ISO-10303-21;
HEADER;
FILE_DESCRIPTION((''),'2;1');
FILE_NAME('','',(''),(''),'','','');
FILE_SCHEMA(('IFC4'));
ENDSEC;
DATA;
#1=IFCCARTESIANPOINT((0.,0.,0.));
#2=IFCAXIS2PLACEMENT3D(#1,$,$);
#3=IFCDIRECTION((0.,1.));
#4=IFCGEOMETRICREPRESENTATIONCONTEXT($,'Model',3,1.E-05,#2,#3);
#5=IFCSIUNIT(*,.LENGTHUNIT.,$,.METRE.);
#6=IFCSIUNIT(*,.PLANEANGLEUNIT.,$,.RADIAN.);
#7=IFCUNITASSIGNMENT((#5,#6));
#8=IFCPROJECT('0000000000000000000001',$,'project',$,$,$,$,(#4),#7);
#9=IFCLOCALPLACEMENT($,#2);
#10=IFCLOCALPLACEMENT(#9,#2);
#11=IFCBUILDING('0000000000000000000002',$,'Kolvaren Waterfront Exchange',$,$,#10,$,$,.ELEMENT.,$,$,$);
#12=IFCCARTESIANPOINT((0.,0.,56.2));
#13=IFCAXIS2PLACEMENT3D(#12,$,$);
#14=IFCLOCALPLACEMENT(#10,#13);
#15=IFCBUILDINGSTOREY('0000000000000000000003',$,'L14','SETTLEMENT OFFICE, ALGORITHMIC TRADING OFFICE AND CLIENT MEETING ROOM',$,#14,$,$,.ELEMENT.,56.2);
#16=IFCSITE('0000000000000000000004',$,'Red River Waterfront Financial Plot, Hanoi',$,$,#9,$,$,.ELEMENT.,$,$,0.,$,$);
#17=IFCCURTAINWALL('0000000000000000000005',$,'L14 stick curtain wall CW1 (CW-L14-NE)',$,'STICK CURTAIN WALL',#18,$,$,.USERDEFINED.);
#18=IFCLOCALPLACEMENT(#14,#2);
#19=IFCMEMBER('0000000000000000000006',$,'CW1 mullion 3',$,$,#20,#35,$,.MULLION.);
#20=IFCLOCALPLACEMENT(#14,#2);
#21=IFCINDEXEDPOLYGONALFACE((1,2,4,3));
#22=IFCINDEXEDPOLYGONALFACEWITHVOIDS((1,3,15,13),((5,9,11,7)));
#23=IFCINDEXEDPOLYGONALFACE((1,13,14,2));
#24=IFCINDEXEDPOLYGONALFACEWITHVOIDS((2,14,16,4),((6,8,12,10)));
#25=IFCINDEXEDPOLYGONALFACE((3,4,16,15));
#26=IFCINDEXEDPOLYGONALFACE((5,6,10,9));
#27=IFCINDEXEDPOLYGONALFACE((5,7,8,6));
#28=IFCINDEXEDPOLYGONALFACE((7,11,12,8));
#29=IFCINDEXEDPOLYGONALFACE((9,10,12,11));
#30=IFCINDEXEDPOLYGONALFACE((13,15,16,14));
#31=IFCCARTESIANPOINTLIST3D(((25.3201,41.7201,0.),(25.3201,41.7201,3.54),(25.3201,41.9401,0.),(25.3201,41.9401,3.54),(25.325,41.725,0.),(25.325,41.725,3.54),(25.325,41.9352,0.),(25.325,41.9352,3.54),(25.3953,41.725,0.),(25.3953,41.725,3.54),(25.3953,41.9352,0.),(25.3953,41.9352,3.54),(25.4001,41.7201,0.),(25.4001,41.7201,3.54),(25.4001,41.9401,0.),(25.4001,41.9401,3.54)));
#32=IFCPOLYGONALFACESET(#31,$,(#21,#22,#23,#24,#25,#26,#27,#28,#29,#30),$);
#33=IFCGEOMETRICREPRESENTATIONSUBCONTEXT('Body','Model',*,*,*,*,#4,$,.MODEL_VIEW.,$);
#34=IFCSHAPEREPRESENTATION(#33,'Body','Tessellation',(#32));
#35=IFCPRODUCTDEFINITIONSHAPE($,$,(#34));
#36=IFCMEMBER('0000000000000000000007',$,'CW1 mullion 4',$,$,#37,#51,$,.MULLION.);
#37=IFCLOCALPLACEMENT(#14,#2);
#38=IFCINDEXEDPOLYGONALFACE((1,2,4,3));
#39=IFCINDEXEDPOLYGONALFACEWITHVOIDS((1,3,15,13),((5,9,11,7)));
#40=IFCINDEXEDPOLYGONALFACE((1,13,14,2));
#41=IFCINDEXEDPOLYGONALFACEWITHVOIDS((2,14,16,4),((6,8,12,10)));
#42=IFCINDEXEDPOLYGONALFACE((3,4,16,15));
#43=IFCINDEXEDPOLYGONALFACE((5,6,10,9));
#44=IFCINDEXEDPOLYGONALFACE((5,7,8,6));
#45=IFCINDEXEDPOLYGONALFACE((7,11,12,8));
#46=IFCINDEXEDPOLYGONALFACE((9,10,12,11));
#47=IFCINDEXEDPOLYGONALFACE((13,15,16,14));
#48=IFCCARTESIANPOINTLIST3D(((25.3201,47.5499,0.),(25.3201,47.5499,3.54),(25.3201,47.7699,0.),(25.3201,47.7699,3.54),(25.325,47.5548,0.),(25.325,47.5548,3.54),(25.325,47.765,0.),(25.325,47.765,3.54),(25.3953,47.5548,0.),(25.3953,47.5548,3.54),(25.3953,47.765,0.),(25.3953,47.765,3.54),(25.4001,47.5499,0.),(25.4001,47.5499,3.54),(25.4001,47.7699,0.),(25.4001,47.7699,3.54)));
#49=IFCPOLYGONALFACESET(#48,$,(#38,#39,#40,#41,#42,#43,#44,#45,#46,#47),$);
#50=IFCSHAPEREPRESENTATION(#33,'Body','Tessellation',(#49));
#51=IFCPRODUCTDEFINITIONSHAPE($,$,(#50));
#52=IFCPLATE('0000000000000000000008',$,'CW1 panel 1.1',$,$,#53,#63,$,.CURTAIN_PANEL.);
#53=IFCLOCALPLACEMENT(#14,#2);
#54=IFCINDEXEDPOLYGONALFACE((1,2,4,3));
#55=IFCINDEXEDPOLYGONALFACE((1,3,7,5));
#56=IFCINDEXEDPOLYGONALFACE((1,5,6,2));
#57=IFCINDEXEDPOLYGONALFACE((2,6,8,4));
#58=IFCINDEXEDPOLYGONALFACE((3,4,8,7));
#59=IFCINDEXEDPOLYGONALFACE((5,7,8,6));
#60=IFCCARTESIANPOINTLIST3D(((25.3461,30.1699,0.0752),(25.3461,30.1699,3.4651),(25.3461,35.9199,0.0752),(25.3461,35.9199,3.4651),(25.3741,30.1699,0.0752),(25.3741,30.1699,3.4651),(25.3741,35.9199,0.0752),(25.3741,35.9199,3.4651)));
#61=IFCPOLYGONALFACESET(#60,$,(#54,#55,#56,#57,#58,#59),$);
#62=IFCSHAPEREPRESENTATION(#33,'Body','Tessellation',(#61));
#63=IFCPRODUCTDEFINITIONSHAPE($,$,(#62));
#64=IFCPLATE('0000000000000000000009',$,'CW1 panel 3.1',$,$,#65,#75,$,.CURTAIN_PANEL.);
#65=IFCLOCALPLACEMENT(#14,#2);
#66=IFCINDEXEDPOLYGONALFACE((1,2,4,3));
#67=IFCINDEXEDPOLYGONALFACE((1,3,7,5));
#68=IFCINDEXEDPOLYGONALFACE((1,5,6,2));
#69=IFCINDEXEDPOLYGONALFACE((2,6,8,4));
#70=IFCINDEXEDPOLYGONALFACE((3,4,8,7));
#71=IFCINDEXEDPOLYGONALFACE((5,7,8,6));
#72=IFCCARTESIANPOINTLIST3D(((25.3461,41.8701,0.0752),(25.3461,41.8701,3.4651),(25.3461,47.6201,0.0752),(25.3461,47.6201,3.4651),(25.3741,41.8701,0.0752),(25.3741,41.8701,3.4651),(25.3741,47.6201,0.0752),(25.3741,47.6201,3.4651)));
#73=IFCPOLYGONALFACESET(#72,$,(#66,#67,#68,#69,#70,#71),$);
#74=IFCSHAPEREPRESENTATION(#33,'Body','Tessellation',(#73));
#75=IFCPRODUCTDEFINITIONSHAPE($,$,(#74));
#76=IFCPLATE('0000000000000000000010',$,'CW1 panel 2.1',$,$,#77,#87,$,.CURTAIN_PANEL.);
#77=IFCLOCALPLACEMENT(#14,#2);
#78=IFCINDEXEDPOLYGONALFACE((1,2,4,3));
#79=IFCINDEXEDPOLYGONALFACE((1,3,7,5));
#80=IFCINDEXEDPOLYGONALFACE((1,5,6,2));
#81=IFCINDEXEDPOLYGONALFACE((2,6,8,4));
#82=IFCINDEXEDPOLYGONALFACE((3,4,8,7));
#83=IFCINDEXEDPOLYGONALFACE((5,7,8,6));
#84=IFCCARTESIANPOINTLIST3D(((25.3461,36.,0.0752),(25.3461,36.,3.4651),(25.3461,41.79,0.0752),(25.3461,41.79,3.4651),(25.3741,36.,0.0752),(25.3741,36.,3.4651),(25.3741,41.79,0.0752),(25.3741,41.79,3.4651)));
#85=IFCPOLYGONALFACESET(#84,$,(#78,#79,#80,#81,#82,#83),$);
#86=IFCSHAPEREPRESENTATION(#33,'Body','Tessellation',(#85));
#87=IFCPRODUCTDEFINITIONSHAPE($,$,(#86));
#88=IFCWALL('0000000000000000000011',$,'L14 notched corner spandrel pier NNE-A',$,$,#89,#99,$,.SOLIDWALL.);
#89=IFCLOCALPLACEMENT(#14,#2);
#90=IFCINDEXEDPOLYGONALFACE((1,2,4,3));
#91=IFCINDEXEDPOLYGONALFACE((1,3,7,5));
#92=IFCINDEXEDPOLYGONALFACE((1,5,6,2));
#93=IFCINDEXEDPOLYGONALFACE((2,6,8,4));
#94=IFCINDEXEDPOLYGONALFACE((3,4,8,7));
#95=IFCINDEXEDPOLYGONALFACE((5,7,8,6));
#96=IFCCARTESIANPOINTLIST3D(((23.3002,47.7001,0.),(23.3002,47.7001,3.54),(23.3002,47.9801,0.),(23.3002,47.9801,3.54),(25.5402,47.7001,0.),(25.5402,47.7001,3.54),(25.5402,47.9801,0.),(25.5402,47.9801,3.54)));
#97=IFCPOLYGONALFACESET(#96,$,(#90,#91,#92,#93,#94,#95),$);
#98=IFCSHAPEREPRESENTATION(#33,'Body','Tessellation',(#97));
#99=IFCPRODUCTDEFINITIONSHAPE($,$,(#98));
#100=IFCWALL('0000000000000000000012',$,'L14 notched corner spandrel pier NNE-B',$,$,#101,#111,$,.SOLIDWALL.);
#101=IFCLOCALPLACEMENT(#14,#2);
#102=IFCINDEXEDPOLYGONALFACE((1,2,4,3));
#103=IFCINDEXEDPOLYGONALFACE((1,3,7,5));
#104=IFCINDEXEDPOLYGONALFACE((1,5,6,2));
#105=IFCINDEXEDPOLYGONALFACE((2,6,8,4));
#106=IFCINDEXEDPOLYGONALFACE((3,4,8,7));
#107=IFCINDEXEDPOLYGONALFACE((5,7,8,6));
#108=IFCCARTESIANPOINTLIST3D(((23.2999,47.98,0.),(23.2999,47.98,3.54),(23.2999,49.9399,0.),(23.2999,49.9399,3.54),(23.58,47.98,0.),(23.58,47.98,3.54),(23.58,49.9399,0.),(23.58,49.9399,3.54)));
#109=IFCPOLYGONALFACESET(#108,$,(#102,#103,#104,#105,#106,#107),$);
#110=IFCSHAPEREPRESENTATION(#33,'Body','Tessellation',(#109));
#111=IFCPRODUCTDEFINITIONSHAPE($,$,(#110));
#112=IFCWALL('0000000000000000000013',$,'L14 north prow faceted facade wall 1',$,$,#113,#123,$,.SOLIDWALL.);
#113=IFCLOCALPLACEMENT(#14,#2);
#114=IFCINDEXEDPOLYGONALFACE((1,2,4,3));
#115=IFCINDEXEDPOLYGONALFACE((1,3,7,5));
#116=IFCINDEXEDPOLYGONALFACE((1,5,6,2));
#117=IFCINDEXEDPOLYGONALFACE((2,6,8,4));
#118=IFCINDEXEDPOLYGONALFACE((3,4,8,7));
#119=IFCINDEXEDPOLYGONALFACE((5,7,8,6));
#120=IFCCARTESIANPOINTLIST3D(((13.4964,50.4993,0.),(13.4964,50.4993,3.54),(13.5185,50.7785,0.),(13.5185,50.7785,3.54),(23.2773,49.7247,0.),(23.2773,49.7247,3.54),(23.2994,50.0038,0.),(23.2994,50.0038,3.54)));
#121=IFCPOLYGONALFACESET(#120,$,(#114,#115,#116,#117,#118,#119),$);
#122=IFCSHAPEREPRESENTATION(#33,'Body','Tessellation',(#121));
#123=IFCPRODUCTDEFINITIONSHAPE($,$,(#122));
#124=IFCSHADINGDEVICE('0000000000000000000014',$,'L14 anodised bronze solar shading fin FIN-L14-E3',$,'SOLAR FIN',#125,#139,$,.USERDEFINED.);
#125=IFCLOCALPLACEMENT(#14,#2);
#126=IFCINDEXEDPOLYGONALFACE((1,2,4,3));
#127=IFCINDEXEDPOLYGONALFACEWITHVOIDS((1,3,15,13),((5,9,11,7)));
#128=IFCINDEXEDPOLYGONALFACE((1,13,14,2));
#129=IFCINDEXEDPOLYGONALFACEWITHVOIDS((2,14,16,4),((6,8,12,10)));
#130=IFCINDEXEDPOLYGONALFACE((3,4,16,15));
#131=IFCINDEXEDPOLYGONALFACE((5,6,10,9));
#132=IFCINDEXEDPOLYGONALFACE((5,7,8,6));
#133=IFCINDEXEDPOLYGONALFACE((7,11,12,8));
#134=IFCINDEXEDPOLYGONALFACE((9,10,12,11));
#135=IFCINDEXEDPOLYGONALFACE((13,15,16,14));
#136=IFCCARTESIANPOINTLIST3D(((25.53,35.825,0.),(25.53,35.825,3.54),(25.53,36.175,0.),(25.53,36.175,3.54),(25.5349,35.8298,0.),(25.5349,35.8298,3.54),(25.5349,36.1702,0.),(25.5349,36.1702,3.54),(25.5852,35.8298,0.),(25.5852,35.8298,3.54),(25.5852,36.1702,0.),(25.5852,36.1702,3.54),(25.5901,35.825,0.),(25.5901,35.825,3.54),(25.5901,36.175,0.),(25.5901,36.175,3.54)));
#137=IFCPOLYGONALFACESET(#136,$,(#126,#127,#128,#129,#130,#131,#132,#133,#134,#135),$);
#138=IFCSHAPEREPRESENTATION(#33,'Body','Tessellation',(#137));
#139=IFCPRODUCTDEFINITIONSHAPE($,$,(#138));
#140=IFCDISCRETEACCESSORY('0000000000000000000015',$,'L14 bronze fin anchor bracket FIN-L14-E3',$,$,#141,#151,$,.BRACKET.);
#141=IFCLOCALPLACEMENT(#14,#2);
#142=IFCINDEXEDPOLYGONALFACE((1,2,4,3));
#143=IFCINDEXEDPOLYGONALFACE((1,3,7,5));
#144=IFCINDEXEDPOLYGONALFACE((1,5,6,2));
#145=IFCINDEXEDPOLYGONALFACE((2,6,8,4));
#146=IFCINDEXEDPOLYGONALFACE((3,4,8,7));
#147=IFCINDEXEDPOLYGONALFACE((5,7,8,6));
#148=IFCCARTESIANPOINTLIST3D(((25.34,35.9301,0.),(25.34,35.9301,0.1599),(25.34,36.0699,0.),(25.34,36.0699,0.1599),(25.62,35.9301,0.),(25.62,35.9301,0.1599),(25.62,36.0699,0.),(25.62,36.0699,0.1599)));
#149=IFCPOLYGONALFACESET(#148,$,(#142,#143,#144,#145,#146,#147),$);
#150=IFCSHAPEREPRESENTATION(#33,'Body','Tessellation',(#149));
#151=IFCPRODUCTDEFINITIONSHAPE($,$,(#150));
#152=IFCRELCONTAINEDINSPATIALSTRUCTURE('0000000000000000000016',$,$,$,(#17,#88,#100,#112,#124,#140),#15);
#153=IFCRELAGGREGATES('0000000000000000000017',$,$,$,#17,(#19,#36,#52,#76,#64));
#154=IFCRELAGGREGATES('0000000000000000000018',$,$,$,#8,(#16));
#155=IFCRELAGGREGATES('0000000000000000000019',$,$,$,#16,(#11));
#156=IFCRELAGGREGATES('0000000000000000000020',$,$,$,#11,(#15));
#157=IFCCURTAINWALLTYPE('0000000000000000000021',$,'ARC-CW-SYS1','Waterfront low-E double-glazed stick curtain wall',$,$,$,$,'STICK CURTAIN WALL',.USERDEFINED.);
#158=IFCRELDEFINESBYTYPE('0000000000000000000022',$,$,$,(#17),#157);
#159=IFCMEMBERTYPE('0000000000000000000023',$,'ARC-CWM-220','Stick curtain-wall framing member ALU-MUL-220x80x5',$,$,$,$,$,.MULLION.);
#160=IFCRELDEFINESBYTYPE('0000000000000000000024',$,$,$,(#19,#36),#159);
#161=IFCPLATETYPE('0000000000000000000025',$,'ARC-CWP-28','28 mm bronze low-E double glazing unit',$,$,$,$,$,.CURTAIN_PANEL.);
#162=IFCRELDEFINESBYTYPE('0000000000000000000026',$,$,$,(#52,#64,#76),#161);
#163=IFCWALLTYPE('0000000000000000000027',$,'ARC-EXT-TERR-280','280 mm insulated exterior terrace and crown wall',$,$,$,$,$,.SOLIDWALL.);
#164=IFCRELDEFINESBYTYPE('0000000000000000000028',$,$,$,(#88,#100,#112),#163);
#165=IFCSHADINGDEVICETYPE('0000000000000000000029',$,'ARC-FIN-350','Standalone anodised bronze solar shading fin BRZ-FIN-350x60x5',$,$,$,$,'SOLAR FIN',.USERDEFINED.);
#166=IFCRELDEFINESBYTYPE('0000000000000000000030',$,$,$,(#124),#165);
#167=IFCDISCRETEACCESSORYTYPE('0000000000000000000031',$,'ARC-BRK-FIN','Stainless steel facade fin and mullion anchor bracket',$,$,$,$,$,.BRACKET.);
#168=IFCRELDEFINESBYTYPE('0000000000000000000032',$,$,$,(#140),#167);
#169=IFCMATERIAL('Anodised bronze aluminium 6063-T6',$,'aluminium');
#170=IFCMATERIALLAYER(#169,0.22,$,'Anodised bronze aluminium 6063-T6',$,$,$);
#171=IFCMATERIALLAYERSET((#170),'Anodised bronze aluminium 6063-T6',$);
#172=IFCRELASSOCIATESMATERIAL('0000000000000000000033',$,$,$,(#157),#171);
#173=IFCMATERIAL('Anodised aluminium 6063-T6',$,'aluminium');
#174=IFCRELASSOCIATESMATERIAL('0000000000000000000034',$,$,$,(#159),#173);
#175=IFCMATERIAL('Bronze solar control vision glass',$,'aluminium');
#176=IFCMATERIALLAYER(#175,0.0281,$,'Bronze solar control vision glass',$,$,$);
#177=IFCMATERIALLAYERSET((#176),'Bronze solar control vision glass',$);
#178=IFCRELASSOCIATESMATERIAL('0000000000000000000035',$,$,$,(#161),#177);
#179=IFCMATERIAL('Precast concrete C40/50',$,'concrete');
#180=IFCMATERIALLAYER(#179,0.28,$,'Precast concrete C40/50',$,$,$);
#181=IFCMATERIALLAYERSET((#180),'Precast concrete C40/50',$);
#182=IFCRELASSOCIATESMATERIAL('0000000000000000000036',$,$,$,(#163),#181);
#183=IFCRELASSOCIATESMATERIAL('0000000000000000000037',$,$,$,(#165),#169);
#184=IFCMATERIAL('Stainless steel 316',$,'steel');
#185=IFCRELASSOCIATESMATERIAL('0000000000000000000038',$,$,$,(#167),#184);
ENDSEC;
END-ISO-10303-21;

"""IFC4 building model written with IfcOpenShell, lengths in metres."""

from ifc_helpers import new_model, si_unit, direction, frame, frame_2d, origin, origin_with_axes, origin_2d, place, context, subcontext, project, spatial, rectangle, hollow_rectangle, extrude, source, transform, mapped, material, layer, layer_set, material_profile, profile_set, type_object, element, aggregate, save


model = new_model("IFC4")

# Units and contexts
model_context = context("Model", 3, precision=1e-05, world=origin(), true_north=direction((0.0, 1.0)))
body_context = subcontext(model_context, "Body", "Model", "MODEL_VIEW")
ifc_project = project(units=[si_unit("LENGTHUNIT", "METRE"), si_unit("PLANEANGLEUNIT", "RADIAN")], contexts=[model_context])

# Site, building, storey
site_placement = place(None, origin())
site = spatial("IfcSite", under=ifc_project, at=site_placement, Name="Red River Waterfront Financial Plot, Hanoi", CompositionType="ELEMENT", RefElevation=0.0)
building_placement = place(site_placement, origin())
building = spatial("IfcBuilding", under=site, at=building_placement, Name="Kolvaren Waterfront Exchange", CompositionType="ELEMENT")
storey_placement = place(building_placement, frame((0.0, 0.0, 56.2)))
storey = spatial("IfcBuildingStorey", under=building, at=storey_placement, Name="L14", Description="SETTLEMENT OFFICE, ALGORITHMIC TRADING OFFICE AND CLIENT MEETING ROOM", CompositionType="ELEMENT", Elevation=56.2)

# Curtain wall, members, plates
ifc_material_1 = material(Name="Anodised bronze aluminium 6063-T6", Category="aluminium")
ifc_layer_1 = layer(ifc_material_1, 0.22, Name="Anodised bronze aluminium 6063-T6")
ifc_layer_set_1 = layer_set([ifc_layer_1], Name="Anodised bronze aluminium 6063-T6")
curtain_wall_type = type_object("IfcCurtainWallType", Name="ARC-CW-SYS1", Description="Waterfront low-E double-glazed stick curtain wall", ElementType="STICK CURTAIN WALL", PredefinedType="USERDEFINED", material=ifc_layer_set_1)
curtain_wall_placement = place(storey_placement, origin())
curtain_wall = element("IfcCurtainWall", 1, at=curtain_wall_placement, inside=storey, type_object=curtain_wall_type, Name="L14 stick curtain wall CW1 (CW-L14-NE)", ObjectType="STICK CURTAIN WALL", PredefinedType="USERDEFINED")
ifc_material_2 = material(Name="Anodised aluminium 6063-T6", Category="aluminium")
ifc_material_profile_1 = material_profile(ifc_material_2, hollow_rectangle(XDim=0.0801, YDim=0.22, WallThickness=0.0049, at=origin_2d()), Name="ALU-MUL-220x80x5")
ifc_profile_set_1 = profile_set([ifc_material_profile_1], Name="Anodised aluminium 6063-T6")
member_type_1 = type_object("IfcMemberType", Name="ARC-CWM-220", Description="Stick curtain-wall framing member ALU-MUL-220x80x5", PredefinedType="MULLION", material=ifc_profile_set_1)
shared_shape_1 = source(origin_with_axes(), body_context, "Body", "SweptSolid", [
    extrude(hollow_rectangle(XDim=0.0801, YDim=0.22, WallThickness=0.0049, at=origin_2d()), origin(), (0.0, 0.0, 1.0), 3.54),
])
member_1_placement = place(storey_placement, frame((25.3601, 41.8301, 0.0), z_axis=(0.0, 0.0, 1.0), x_axis=(-1.0, 0.0, 0.0)))
member_1 = element("IfcMember", 2, at=member_1_placement, type_object=member_type_1, Name="CW1 mullion 3", PredefinedType="MULLION", context=body_context, shape_type="MappedRepresentation", body=[
    mapped(shared_shape_1, transform((0.0, 0.0, 0.0), x_axis=(1.0, 0.0, 0.0), y_axis=(0.0, 1.0, 0.0), z_axis=(0.0, 0.0, 1.0), scale=1.0)),
])
member_2_placement = place(storey_placement, frame((25.3601, 47.6599, 0.0), z_axis=(0.0, 0.0, 1.0), x_axis=(-1.0, 0.0, 0.0)))
member_2 = element("IfcMember", 3, at=member_2_placement, type_object=member_type_1, Name="CW1 mullion 4", PredefinedType="MULLION", context=body_context, shape_type="MappedRepresentation", body=[
    mapped(shared_shape_1, transform((0.0, 0.0, 0.0), x_axis=(1.0, 0.0, 0.0), y_axis=(0.0, 1.0, 0.0), z_axis=(0.0, 0.0, 1.0), scale=1.0)),
])
ifc_material_3 = material(Name="Bronze solar control vision glass", Category="aluminium")
ifc_layer_2 = layer(ifc_material_3, 0.0281, Name="Bronze solar control vision glass")
ifc_layer_set_2 = layer_set([ifc_layer_2], Name="Bronze solar control vision glass")
plate_type = type_object("IfcPlateType", Name="ARC-CWP-28", Description="28 mm bronze low-E double glazing unit", PredefinedType="CURTAIN_PANEL", material=ifc_layer_set_2)
shared_shape_2 = source(origin_with_axes(), body_context, "Body", "SweptSolid", [
    extrude(rectangle(XDim=5.75, YDim=0.0281, at=origin_2d()), origin(), (0.0, 0.0, 1.0), 3.3899),
])
plate_1_placement = place(storey_placement, frame((25.3601, 33.0449, 0.0752), z_axis=(0.0, 0.0, 1.0), x_axis=(0.0, 1.0, 0.0)))
plate_1 = element("IfcPlate", 4, at=plate_1_placement, type_object=plate_type, Name="CW1 panel 1.1", PredefinedType="CURTAIN_PANEL", context=body_context, shape_type="MappedRepresentation", body=[
    mapped(shared_shape_2, transform((0.0, 0.0, 0.0), x_axis=(1.0, 0.0, 0.0), y_axis=(0.0, 1.0, 0.0), z_axis=(0.0, 0.0, 1.0), scale=1.0)),
])
plate_2_placement = place(storey_placement, frame((25.3601, 44.7451, 0.0752), z_axis=(0.0, 0.0, 1.0), x_axis=(0.0, 1.0, 0.0)))
plate_2 = element("IfcPlate", 5, at=plate_2_placement, type_object=plate_type, Name="CW1 panel 3.1", PredefinedType="CURTAIN_PANEL", context=body_context, shape_type="MappedRepresentation", body=[
    mapped(shared_shape_2, transform((0.0, 0.0, 0.0), x_axis=(1.0, 0.0, 0.0), y_axis=(0.0, 1.0, 0.0), z_axis=(0.0, 0.0, 1.0), scale=1.0)),
])
shared_shape_3 = source(origin_with_axes(), body_context, "Body", "SweptSolid", [
    extrude(rectangle(XDim=5.79, YDim=0.0281, at=origin_2d()), origin(), (0.0, 0.0, 1.0), 3.3899),
])
plate_3_placement = place(storey_placement, frame((25.3601, 38.895, 0.0752), z_axis=(0.0, 0.0, 1.0), x_axis=(0.0, 1.0, 0.0)))
plate_3 = element("IfcPlate", 6, at=plate_3_placement, type_object=plate_type, Name="CW1 panel 2.1", PredefinedType="CURTAIN_PANEL", context=body_context, shape_type="MappedRepresentation", body=[
    mapped(shared_shape_3, transform((0.0, 0.0, 0.0), x_axis=(1.0, 0.0, 0.0), y_axis=(0.0, 1.0, 0.0), z_axis=(0.0, 0.0, 1.0), scale=1.0)),
])
aggregate(curtain_wall, [member_1, member_2, plate_1, plate_3, plate_2])

# Walls
ifc_material_4 = material(Name="Precast concrete C40/50", Category="concrete")
ifc_layer_3 = layer(ifc_material_4, 0.28, Name="Precast concrete C40/50")
ifc_layer_set_3 = layer_set([ifc_layer_3], Name="Precast concrete C40/50")
wall_type = type_object("IfcWallType", Name="ARC-EXT-TERR-280", Description="280 mm insulated exterior terrace and crown wall", PredefinedType="SOLIDWALL", material=ifc_layer_set_3)
wall_1_placement = place(storey_placement, frame((23.3, 47.8401, 0.0), z_axis=(0.0, 0.0, 1.0), x_axis=(1.0, 0.0, 0.0)))
element("IfcWall", 7, at=wall_1_placement, inside=storey, type_object=wall_type, Name="L14 notched corner spandrel pier NNE-A", PredefinedType="SOLIDWALL", context=body_context, shape_type="SweptSolid", body=[
    extrude(rectangle(XDim=2.24, YDim=0.28, at=frame_2d((1.1201, 0.0))), origin(), (0.0, 0.0, 1.0), 3.54),
])
wall_2_placement = place(storey_placement, frame((23.4399, 47.98, 0.0), z_axis=(0.0, 0.0, 1.0), x_axis=(0.0, 1.0, 0.0)))
element("IfcWall", 8, at=wall_2_placement, inside=storey, type_object=wall_type, Name="L14 notched corner spandrel pier NNE-B", PredefinedType="SOLIDWALL", context=body_context, shape_type="SweptSolid", body=[
    extrude(rectangle(XDim=1.96, YDim=0.28, at=frame_2d((0.98, 0.0))), origin(), (0.0, 0.0, 1.0), 3.54),
])
wall_3_placement = place(storey_placement, frame((23.2883, 49.8643, 0.0), z_axis=(0.0, 0.0, 1.0), x_axis=(-0.996878, 0.078953, 0.0)))
element("IfcWall", 9, at=wall_3_placement, inside=storey, type_object=wall_type, Name="L14 north prow faceted facade wall 1", PredefinedType="SOLIDWALL", context=body_context, shape_type="SweptSolid", body=[
    extrude(rectangle(XDim=9.8115, YDim=0.28, at=frame_2d((4.9058, 0.0))), origin(), (0.0, 0.0, 1.0), 3.54),
])

# Shading device
ifc_material_profile_2 = material_profile(ifc_material_1, hollow_rectangle(XDim=0.0601, YDim=0.3501, WallThickness=0.0049, at=origin_2d()), Name="BRZ-FIN-350x60x5")
ifc_profile_set_2 = profile_set([ifc_material_profile_2], Name="Anodised bronze aluminium 6063-T6")
shading_device_type = type_object("IfcShadingDeviceType", Name="ARC-FIN-350", Description="Standalone anodised bronze solar shading fin BRZ-FIN-350x60x5", ElementType="SOLAR FIN", PredefinedType="USERDEFINED", material=ifc_profile_set_2)
shading_device_placement = place(storey_placement, frame((25.5601, 36.0, 0.0), z_axis=(0.0, 0.0, 1.0), x_axis=(1.0, 0.0, 0.0)))
element("IfcShadingDevice", 10, at=shading_device_placement, inside=storey, type_object=shading_device_type, Name="L14 anodised bronze solar shading fin FIN-L14-E3", ObjectType="SOLAR FIN", PredefinedType="USERDEFINED", context=body_context, shape_type="SweptSolid", body=[
    extrude(hollow_rectangle(XDim=0.0601, YDim=0.3501, WallThickness=0.0049, at=origin_2d()), origin(), (0.0, 0.0, 1.0), 3.54),
])

# Discrete accessory
ifc_material_5 = material(Name="Stainless steel 316", Category="steel")
discrete_accessory_type = type_object("IfcDiscreteAccessoryType", Name="ARC-BRK-FIN", Description="Stainless steel facade fin and mullion anchor bracket", PredefinedType="BRACKET", material=ifc_material_5)
shared_shape_4 = source(origin_with_axes(), body_context, "Body", "SweptSolid", [
    extrude(rectangle(XDim=0.28, YDim=0.1399, at=origin_2d()), origin(), (0.0, 0.0, 1.0), 0.1599),
])
discrete_accessory_placement = place(storey_placement, frame((25.48, 36.0, 0.0), z_axis=(0.0, 0.0, 1.0), x_axis=(1.0, 0.0, 0.0)))
element("IfcDiscreteAccessory", 11, at=discrete_accessory_placement, inside=storey, type_object=discrete_accessory_type, Name="L14 bronze fin anchor bracket FIN-L14-E3", PredefinedType="BRACKET", context=body_context, shape_type="MappedRepresentation", body=[
    mapped(shared_shape_4, transform((0.0, 0.0, 0.0), x_axis=(1.0, 0.0, 0.0), y_axis=(0.0, 1.0, 0.0), z_axis=(0.0, 0.0, 1.0), scale=1.0)),
])

save(model, "model.ifc")
